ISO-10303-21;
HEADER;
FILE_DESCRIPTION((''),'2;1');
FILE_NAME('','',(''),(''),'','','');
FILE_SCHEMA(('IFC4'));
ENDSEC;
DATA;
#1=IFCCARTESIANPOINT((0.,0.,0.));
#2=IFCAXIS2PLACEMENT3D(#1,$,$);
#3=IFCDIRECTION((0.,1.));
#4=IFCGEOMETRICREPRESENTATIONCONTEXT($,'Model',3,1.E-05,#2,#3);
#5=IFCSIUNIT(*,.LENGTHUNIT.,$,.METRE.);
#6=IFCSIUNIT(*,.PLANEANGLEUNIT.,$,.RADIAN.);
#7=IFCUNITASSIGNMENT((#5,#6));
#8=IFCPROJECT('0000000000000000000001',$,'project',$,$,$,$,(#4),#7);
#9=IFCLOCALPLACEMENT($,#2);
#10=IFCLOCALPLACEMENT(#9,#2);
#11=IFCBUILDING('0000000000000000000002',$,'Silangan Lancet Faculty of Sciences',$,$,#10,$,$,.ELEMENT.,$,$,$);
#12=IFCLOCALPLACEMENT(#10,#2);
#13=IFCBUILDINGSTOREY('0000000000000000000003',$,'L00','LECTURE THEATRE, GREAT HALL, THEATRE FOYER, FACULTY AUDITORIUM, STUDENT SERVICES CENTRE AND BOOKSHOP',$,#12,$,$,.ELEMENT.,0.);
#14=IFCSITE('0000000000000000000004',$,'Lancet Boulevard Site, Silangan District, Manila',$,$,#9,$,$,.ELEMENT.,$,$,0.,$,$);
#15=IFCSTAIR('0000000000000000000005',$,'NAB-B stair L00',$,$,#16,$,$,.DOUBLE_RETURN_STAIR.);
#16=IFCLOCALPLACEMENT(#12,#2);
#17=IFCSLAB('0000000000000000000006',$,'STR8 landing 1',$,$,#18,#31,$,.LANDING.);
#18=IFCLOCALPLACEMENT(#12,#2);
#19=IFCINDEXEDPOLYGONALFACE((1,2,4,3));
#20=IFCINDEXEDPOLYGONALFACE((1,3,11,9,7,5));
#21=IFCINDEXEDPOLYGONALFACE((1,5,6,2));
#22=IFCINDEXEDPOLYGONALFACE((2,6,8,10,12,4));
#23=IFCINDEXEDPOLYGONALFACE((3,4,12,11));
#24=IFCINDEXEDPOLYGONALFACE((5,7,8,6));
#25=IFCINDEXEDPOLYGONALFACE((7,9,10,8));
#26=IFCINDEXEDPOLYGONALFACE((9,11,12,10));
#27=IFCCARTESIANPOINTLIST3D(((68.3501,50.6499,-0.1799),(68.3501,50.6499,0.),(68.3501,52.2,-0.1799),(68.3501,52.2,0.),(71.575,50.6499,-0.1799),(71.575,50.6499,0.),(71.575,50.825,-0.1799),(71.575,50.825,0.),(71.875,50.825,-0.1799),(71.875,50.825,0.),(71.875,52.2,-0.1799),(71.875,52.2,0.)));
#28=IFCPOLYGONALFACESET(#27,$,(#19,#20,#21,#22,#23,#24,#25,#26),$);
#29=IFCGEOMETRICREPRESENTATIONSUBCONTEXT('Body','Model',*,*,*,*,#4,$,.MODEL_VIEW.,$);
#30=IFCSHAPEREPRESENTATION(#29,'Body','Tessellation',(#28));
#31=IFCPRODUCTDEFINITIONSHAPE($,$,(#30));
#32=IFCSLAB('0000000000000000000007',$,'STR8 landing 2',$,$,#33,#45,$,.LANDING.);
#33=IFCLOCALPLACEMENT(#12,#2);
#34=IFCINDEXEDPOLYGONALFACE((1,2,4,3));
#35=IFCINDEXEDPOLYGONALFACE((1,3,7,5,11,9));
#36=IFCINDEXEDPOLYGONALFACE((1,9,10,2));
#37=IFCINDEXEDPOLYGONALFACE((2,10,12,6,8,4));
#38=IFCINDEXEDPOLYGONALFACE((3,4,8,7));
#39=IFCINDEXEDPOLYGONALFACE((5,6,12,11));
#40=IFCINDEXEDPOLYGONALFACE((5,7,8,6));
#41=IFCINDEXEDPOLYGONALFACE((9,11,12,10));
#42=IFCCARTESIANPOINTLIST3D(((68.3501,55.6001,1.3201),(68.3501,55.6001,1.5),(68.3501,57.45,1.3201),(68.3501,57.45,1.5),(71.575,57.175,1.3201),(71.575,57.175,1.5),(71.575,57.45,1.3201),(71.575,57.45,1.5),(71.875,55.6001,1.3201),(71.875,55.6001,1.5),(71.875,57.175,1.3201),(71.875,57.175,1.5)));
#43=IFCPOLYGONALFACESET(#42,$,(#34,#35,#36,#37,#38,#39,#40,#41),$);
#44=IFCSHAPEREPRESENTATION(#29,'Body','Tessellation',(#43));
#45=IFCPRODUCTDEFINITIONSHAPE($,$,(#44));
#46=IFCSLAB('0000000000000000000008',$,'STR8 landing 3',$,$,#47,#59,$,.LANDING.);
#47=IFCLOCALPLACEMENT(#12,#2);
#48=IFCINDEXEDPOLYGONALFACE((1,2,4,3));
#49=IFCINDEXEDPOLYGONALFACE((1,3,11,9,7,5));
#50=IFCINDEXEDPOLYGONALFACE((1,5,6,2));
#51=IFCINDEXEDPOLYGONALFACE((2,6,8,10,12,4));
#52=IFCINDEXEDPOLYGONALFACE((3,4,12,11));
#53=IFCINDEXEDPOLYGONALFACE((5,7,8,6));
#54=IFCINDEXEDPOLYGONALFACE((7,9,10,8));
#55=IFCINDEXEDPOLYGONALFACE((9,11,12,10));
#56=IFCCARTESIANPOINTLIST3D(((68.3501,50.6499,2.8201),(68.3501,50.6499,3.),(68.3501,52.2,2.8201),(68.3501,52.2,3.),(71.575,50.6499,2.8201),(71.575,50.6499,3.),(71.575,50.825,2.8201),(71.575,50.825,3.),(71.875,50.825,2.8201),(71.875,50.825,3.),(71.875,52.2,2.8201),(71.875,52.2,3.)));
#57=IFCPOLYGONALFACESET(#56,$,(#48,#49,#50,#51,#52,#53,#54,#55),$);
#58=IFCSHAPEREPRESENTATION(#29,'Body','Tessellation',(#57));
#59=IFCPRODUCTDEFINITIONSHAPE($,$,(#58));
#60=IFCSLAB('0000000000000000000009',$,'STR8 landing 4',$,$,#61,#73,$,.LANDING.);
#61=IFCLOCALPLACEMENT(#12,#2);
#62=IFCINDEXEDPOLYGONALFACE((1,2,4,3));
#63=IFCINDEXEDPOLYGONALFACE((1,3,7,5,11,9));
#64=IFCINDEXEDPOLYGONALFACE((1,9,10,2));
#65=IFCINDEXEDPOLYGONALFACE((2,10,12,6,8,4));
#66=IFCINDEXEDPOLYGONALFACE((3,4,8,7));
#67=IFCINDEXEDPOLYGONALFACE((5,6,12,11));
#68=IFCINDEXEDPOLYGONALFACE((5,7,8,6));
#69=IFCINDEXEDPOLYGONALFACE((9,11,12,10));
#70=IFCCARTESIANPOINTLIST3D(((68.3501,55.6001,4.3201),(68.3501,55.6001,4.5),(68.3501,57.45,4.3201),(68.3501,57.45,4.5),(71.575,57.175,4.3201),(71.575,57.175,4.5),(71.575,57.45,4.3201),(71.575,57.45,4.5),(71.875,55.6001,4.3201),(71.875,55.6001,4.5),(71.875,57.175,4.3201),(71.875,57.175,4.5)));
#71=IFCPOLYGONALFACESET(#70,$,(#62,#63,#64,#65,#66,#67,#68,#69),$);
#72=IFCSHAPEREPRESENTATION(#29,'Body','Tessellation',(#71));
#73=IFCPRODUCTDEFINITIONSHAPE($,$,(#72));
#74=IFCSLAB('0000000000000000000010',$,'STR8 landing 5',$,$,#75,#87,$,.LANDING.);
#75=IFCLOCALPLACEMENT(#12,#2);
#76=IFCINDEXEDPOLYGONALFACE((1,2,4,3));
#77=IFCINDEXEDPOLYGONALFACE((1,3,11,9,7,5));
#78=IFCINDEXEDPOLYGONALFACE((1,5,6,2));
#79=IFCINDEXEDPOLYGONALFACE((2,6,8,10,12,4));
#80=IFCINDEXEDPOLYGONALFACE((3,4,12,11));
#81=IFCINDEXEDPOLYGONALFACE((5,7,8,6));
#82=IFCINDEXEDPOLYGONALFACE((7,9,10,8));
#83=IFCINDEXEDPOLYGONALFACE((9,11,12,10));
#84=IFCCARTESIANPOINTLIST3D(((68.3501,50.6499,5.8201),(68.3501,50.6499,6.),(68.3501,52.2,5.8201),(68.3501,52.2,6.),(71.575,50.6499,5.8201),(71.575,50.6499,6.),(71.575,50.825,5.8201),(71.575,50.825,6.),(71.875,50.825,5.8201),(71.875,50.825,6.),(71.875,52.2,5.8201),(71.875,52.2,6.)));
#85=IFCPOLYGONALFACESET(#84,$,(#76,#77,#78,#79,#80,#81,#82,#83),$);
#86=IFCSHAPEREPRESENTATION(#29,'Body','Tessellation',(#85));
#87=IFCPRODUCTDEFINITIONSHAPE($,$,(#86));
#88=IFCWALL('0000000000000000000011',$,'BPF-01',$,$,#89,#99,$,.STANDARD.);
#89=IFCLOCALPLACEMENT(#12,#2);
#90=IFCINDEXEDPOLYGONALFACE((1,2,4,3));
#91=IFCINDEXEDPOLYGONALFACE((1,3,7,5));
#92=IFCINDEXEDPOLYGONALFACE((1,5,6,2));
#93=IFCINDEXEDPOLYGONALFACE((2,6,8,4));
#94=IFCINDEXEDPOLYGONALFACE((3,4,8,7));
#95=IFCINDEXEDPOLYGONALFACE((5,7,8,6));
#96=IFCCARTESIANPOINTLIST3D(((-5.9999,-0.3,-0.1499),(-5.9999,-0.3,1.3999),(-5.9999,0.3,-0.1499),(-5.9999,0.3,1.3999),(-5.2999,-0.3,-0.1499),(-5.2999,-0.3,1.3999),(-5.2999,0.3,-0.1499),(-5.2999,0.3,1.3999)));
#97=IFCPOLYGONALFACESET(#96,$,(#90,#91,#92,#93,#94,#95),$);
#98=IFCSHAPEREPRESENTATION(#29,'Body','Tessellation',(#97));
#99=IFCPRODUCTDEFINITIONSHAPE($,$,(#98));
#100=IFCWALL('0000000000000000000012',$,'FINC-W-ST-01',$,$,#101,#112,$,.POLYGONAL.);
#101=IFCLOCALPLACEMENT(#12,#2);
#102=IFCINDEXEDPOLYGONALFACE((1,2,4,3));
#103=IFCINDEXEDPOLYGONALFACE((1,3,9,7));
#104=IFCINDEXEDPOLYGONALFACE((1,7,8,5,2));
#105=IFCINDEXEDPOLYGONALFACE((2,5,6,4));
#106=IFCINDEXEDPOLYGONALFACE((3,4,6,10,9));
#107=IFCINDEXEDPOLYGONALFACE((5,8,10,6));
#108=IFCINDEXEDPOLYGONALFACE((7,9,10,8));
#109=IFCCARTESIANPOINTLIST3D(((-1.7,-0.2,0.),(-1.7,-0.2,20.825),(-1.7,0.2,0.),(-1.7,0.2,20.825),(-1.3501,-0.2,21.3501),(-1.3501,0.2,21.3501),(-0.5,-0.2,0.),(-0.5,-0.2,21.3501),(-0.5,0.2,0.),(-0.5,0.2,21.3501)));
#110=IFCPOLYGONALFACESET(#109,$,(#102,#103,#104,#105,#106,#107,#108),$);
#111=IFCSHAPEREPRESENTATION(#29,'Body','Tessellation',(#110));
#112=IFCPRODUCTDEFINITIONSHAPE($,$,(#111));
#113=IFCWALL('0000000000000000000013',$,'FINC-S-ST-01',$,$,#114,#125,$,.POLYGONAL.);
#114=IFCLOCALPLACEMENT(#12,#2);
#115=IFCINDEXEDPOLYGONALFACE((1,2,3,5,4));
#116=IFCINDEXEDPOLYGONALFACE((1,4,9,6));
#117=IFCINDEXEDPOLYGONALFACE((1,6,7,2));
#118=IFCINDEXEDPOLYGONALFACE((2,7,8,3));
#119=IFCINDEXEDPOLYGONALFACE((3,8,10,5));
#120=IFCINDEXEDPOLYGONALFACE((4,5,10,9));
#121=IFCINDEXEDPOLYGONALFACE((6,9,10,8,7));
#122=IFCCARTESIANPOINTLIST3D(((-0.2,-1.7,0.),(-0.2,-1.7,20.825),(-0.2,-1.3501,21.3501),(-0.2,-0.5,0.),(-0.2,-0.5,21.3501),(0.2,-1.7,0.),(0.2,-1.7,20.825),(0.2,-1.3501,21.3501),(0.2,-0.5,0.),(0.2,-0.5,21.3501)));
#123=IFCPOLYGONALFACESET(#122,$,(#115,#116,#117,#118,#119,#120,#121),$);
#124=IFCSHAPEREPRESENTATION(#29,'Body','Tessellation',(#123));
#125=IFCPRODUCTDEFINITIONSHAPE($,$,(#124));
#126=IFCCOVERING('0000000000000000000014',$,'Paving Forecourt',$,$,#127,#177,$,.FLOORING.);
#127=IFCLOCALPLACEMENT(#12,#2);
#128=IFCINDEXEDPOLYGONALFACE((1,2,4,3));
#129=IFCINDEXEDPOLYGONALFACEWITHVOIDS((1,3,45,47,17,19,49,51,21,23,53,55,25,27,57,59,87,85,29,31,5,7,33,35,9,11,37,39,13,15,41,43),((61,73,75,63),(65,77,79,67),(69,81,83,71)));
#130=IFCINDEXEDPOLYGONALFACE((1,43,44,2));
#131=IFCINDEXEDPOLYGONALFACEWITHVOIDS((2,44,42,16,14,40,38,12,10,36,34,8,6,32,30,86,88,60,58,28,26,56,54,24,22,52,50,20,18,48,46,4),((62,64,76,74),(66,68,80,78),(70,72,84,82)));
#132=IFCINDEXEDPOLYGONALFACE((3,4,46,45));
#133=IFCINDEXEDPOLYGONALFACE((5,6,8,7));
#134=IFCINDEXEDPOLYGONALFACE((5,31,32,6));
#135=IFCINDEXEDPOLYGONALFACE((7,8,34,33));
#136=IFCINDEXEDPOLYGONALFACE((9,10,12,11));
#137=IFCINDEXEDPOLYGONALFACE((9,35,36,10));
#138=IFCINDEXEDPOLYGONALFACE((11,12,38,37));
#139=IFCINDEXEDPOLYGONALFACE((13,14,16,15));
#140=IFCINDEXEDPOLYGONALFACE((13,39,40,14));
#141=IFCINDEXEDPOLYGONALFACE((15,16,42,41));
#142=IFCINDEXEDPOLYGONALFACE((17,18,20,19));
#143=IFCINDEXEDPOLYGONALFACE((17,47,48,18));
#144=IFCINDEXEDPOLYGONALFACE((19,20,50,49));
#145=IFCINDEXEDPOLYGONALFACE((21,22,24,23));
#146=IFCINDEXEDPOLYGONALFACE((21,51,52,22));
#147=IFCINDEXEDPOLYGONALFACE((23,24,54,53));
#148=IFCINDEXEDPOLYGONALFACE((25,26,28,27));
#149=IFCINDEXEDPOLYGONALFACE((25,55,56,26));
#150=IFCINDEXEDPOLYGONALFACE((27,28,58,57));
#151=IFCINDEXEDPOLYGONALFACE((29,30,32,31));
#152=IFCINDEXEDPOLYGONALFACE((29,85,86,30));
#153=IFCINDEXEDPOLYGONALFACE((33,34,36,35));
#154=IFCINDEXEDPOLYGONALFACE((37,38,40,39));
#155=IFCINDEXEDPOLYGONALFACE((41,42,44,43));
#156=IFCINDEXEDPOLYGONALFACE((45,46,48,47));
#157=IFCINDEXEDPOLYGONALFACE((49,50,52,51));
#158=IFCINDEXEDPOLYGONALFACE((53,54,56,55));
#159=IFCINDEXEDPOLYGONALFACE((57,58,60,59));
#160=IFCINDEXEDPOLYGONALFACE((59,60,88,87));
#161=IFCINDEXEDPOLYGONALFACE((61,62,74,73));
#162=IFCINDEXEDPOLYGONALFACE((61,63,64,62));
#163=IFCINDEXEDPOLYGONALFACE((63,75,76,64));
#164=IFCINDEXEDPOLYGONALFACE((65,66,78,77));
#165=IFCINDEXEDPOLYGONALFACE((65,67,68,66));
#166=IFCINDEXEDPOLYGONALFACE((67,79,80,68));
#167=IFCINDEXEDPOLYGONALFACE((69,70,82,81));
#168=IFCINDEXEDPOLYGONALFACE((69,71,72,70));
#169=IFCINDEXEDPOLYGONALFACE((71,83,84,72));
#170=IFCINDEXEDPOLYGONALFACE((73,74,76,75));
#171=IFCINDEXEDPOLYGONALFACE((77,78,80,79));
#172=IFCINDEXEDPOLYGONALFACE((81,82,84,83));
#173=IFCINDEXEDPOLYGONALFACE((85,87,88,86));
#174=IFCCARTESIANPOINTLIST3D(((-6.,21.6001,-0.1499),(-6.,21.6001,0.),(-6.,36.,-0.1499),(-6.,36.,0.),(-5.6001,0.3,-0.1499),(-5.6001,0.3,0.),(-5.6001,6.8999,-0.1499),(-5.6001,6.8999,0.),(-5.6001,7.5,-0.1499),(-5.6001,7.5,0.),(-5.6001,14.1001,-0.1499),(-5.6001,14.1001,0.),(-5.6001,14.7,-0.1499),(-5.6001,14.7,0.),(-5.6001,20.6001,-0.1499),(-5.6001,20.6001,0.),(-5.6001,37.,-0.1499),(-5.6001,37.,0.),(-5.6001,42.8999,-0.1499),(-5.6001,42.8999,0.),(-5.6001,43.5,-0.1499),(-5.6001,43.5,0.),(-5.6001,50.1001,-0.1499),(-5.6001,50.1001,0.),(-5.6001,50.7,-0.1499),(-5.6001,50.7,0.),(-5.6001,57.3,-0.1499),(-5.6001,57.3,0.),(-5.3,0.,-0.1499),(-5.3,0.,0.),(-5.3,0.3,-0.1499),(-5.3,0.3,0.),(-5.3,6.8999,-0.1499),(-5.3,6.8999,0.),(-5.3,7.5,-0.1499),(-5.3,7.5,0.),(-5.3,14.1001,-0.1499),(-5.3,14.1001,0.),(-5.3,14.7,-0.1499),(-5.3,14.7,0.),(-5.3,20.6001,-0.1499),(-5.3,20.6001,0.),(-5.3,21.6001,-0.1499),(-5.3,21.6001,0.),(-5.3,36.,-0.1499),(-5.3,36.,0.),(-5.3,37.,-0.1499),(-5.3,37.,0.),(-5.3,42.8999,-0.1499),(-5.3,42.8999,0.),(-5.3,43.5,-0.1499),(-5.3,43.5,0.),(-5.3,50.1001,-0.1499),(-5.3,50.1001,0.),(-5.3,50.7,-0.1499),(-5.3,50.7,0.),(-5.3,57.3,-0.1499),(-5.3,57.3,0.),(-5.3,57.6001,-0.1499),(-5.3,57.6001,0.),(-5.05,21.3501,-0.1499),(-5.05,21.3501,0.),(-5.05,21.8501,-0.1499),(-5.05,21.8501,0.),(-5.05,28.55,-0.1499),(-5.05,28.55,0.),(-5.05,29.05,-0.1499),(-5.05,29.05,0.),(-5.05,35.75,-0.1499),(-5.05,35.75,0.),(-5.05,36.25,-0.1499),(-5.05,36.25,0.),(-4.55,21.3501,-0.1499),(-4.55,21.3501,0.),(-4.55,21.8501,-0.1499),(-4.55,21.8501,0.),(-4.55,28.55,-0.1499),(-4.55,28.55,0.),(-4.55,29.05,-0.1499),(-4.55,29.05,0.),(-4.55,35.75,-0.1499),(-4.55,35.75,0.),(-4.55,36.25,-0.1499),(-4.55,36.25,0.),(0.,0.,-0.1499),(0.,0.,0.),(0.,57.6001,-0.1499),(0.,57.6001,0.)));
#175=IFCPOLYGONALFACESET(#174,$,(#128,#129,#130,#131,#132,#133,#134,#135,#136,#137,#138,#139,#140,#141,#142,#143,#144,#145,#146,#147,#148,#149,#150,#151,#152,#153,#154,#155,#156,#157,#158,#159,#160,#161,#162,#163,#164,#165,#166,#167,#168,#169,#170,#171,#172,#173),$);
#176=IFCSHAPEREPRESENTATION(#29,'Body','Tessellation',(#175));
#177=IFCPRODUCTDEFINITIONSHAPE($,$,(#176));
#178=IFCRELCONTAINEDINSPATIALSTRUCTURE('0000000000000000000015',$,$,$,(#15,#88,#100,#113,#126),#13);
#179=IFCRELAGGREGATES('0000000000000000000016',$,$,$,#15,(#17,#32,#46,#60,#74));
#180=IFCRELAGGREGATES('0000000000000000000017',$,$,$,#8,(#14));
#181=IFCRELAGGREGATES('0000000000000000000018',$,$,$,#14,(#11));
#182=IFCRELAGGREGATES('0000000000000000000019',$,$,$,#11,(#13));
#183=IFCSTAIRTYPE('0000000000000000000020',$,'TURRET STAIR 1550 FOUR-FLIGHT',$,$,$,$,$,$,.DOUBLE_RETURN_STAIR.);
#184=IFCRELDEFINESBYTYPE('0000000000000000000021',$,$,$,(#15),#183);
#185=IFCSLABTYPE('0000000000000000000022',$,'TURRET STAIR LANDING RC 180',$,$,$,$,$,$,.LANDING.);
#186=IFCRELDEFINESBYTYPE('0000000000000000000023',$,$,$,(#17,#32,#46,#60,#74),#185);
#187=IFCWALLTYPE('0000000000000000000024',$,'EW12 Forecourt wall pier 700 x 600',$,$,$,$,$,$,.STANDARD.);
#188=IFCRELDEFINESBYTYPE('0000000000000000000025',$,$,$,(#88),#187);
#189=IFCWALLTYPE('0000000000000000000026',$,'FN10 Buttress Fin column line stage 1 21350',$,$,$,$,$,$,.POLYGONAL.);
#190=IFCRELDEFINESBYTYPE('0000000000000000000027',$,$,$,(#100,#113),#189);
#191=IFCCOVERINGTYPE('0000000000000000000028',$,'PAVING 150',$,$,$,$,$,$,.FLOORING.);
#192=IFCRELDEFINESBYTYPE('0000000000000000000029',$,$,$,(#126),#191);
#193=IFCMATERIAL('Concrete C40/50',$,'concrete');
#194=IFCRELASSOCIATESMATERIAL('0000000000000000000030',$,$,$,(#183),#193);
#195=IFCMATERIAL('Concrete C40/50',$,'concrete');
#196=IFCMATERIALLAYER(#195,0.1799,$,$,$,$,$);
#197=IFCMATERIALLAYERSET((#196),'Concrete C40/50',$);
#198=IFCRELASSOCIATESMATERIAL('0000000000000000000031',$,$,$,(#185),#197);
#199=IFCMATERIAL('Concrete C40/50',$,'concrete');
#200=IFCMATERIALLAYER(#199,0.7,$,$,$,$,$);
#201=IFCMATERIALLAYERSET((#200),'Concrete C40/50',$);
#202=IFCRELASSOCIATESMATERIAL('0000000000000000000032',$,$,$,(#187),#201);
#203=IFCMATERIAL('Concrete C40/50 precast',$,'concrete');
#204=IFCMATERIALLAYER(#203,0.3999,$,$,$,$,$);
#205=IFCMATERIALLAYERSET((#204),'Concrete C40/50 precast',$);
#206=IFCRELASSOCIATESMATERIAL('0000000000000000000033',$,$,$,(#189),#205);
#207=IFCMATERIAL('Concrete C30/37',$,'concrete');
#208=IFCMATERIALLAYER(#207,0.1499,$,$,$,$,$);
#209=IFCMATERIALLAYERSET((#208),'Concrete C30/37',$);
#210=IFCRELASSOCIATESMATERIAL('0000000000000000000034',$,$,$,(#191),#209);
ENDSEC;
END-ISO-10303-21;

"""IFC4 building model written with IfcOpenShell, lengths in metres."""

from ifc_helpers import new_model, si_unit, direction, frame, frame_2d, origin, place, context, subcontext, project, spatial, polyline, rectangle, outline, extrude, material, layer, layer_set, type_object, element, aggregate, save


model = new_model("IFC4")

# Units and contexts
model_context = context("Model", 3, precision=1e-05, world=origin(), true_north=direction((0.0, 1.0)))
body_context = subcontext(model_context, "Body", "Model", "MODEL_VIEW")
ifc_project = project(units=[si_unit("LENGTHUNIT", "METRE"), si_unit("PLANEANGLEUNIT", "RADIAN")], contexts=[model_context])

# Site, building, storey
site_placement = place(None, origin())
site = spatial("IfcSite", under=ifc_project, at=site_placement, Name="Lancet Boulevard Site, Silangan District, Manila", CompositionType="ELEMENT", RefElevation=0.0)
building_placement = place(site_placement, origin())
building = spatial("IfcBuilding", under=site, at=building_placement, Name="Silangan Lancet Faculty of Sciences", CompositionType="ELEMENT")
storey_placement = place(building_placement, origin())
storey = spatial("IfcBuildingStorey", under=building, at=storey_placement, Name="L00", Description="LECTURE THEATRE, GREAT HALL, THEATRE FOYER, FACULTY AUDITORIUM, STUDENT SERVICES CENTRE AND BOOKSHOP", CompositionType="ELEMENT", Elevation=0.0)

# Stair, slabs
ifc_material_1 = material(Name="Concrete C40/50", Category="concrete")
stair_type = type_object("IfcStairType", Name="TURRET STAIR 1550 FOUR-FLIGHT", PredefinedType="DOUBLE_RETURN_STAIR", material=ifc_material_1)
ifc_material_2 = material(Name="Concrete C40/50", Category="concrete")
ifc_layer_1 = layer(ifc_material_2, 0.1799)
ifc_layer_set_1 = layer_set([ifc_layer_1], Name="Concrete C40/50")
slab_type_1 = type_object("IfcSlabType", Name="TURRET STAIR LANDING RC 180", PredefinedType="LANDING", material=ifc_layer_set_1)
stair_1_placement = place(storey_placement, origin())
stair_1 = element("IfcStair", 1, at=stair_1_placement, inside=storey, type_object=stair_type, Name="NAB-B stair L00", PredefinedType="DOUBLE_RETURN_STAIR")
slab_1_placement = place(storey_placement, frame((0.0, 0.0, -0.1799)))
slab_1 = element("IfcSlab", 2, at=slab_1_placement, type_object=slab_type_1, Name="STR8 landing 1", PredefinedType="LANDING", context=body_context, shape_type="SweptSolid", body=[
    extrude(outline(polyline([(71.875, 52.2), (71.875, 50.825), (71.575, 50.825), (71.575, 50.6499), (68.3501, 50.6499), (68.3501, 52.2), (71.875, 52.2)])), origin(), (0.0, 0.0, 1.0), 0.1799),
])
slab_2_placement = place(storey_placement, frame((0.0, 0.0, 1.3201)))
slab_2 = element("IfcSlab", 3, at=slab_2_placement, type_object=slab_type_1, Name="STR8 landing 2", PredefinedType="LANDING", context=body_context, shape_type="SweptSolid", body=[
    extrude(outline(polyline([(71.575, 57.45), (71.575, 57.175), (71.875, 57.175), (71.875, 55.6001), (68.3501, 55.6001), (68.3501, 57.45), (71.575, 57.45)])), origin(), (0.0, 0.0, 1.0), 0.1799),
])
slab_3_placement = place(storey_placement, frame((0.0, 0.0, 2.8201)))
slab_3 = element("IfcSlab", 4, at=slab_3_placement, type_object=slab_type_1, Name="STR8 landing 3", PredefinedType="LANDING", context=body_context, shape_type="SweptSolid", body=[
    extrude(outline(polyline([(71.875, 52.2), (71.875, 50.825), (71.575, 50.825), (71.575, 50.6499), (68.3501, 50.6499), (68.3501, 52.2), (71.875, 52.2)])), origin(), (0.0, 0.0, 1.0), 0.1799),
])
slab_4_placement = place(storey_placement, frame((0.0, 0.0, 4.3201)))
slab_4 = element("IfcSlab", 5, at=slab_4_placement, type_object=slab_type_1, Name="STR8 landing 4", PredefinedType="LANDING", context=body_context, shape_type="SweptSolid", body=[
    extrude(outline(polyline([(71.575, 57.45), (71.575, 57.175), (71.875, 57.175), (71.875, 55.6001), (68.3501, 55.6001), (68.3501, 57.45), (71.575, 57.45)])), origin(), (0.0, 0.0, 1.0), 0.1799),
])
slab_5_placement = place(storey_placement, frame((0.0, 0.0, 5.8201)))
slab_5 = element("IfcSlab", 6, at=slab_5_placement, type_object=slab_type_1, Name="STR8 landing 5", PredefinedType="LANDING", context=body_context, shape_type="SweptSolid", body=[
    extrude(outline(polyline([(71.875, 52.2), (71.875, 50.825), (71.575, 50.825), (71.575, 50.6499), (68.3501, 50.6499), (68.3501, 52.2), (71.875, 52.2)])), origin(), (0.0, 0.0, 1.0), 0.1799),
])
aggregate(stair_1, [slab_1, slab_2, slab_3, slab_4, slab_5])

# Walls
ifc_material_3 = material(Name="Concrete C40/50", Category="concrete")
ifc_layer_2 = layer(ifc_material_3, 0.7)
ifc_layer_set_2 = layer_set([ifc_layer_2], Name="Concrete C40/50")
wall_type_1 = type_object("IfcWallType", Name="EW12 Forecourt wall pier 700 x 600", PredefinedType="STANDARD", material=ifc_layer_set_2)
wall_placement = place(storey_placement, frame((-5.6499, -0.3, -0.1499), z_axis=(0.0, 0.0, 1.0), x_axis=(0.0, 1.0, 0.0)))
element("IfcWall", 7, at=wall_placement, inside=storey, type_object=wall_type_1, Name="BPF-01", PredefinedType="STANDARD", context=body_context, shape_type="SweptSolid", body=[
    extrude(rectangle(XDim=0.6001, YDim=0.7, at=frame_2d((0.3, 0.0))), origin(), (0.0, 0.0, 1.0), 1.5498),
])
ifc_material_4 = material(Name="Concrete C40/50 precast", Category="concrete")
ifc_layer_3 = layer(ifc_material_4, 0.3999)
ifc_layer_set_3 = layer_set([ifc_layer_3], Name="Concrete C40/50 precast")
wall_type_2 = type_object("IfcWallType", Name="FN10 Buttress Fin column line stage 1 21350", PredefinedType="POLYGONAL", material=ifc_layer_set_3)
for number, where, z_axis, x_axis, name in (
    (8, (-0.5, 0.0, 0.0), (0.0, 0.0, 1.0), (-1.0, 0.0, 0.0), "FINC-W-ST-01"),
    (9, (0.0, -0.5, 0.0), (0.0, 0.0, 1.0), (0.0, -1.0, 0.0), "FINC-S-ST-01"),
):
    element("IfcWall", number, at=place(storey_placement, frame(where, z_axis=z_axis, x_axis=x_axis)), inside=storey, type_object=wall_type_2, Name=name, PredefinedType="POLYGONAL", context=body_context, shape_type="SweptSolid", body=[
        extrude(outline(polyline([(1.2, 0.0), (1.2, 20.825), (0.8501, 21.3501), (0.0, 21.3501), (0.0, 0.0), (1.2, 0.0)])), frame((0.0, 0.2, 0.0), z_axis=(0.0, -1.0, 0.0), x_axis=(1.0, 0.0, 0.0)), (0.0, 0.0, 1.0), 0.3999),
    ])

# Covering
ifc_material_5 = material(Name="Concrete C30/37", Category="concrete")
ifc_layer_4 = layer(ifc_material_5, 0.1499)
ifc_layer_set_4 = layer_set([ifc_layer_4], Name="Concrete C30/37")
covering_type_1 = type_object("IfcCoveringType", Name="PAVING 150", PredefinedType="FLOORING", material=ifc_layer_set_4)
covering_1_placement = place(storey_placement, frame((0.0, 0.0, -0.1499)))
element("IfcCovering", 10, at=covering_1_placement, inside=storey, type_object=covering_type_1, Name="Paving Forecourt", PredefinedType="FLOORING", context=body_context, shape_type="SweptSolid", body=[
    extrude(outline(polyline([(0.0, 57.6001), (-5.3, 57.6001), (-5.3, 57.3), (-5.6001, 57.3), (-5.6001, 50.7), (-5.3, 50.7), (-5.3, 50.1001), (-5.6001, 50.1001), (-5.6001, 43.5), (-5.3, 43.5), (-5.3, 42.8999), (-5.6001, 42.8999), (-5.6001, 37.0), (-5.3, 37.0), (-5.3, 36.0), (-6.0, 36.0), (-6.0, 21.6001), (-5.3, 21.6001), (-5.3, 20.6001), (-5.6001, 20.6001), (-5.6001, 14.7), (-5.3, 14.7), (-5.3, 14.1001), (-5.6001, 14.1001), (-5.6001, 7.5), (-5.3, 7.5), (-5.3, 6.8999), (-5.6001, 6.8999), (-5.6001, 0.3), (-5.3, 0.3), (-5.3, 0.0), (0.0, 0.0), (0.0, 57.6001)]), holes=[polyline([(-4.55, 21.3501), (-5.05, 21.3501), (-5.05, 21.8501), (-4.55, 21.8501), (-4.55, 21.3501)]), polyline([(-4.55, 28.55), (-5.05, 28.55), (-5.05, 29.05), (-4.55, 29.05), (-4.55, 28.55)]), polyline([(-4.55, 35.75), (-5.05, 35.75), (-5.05, 36.25), (-4.55, 36.25), (-4.55, 35.75)])]), origin(), (0.0, 0.0, 1.0), 0.1499),
])

save(model, "model.ifc")
